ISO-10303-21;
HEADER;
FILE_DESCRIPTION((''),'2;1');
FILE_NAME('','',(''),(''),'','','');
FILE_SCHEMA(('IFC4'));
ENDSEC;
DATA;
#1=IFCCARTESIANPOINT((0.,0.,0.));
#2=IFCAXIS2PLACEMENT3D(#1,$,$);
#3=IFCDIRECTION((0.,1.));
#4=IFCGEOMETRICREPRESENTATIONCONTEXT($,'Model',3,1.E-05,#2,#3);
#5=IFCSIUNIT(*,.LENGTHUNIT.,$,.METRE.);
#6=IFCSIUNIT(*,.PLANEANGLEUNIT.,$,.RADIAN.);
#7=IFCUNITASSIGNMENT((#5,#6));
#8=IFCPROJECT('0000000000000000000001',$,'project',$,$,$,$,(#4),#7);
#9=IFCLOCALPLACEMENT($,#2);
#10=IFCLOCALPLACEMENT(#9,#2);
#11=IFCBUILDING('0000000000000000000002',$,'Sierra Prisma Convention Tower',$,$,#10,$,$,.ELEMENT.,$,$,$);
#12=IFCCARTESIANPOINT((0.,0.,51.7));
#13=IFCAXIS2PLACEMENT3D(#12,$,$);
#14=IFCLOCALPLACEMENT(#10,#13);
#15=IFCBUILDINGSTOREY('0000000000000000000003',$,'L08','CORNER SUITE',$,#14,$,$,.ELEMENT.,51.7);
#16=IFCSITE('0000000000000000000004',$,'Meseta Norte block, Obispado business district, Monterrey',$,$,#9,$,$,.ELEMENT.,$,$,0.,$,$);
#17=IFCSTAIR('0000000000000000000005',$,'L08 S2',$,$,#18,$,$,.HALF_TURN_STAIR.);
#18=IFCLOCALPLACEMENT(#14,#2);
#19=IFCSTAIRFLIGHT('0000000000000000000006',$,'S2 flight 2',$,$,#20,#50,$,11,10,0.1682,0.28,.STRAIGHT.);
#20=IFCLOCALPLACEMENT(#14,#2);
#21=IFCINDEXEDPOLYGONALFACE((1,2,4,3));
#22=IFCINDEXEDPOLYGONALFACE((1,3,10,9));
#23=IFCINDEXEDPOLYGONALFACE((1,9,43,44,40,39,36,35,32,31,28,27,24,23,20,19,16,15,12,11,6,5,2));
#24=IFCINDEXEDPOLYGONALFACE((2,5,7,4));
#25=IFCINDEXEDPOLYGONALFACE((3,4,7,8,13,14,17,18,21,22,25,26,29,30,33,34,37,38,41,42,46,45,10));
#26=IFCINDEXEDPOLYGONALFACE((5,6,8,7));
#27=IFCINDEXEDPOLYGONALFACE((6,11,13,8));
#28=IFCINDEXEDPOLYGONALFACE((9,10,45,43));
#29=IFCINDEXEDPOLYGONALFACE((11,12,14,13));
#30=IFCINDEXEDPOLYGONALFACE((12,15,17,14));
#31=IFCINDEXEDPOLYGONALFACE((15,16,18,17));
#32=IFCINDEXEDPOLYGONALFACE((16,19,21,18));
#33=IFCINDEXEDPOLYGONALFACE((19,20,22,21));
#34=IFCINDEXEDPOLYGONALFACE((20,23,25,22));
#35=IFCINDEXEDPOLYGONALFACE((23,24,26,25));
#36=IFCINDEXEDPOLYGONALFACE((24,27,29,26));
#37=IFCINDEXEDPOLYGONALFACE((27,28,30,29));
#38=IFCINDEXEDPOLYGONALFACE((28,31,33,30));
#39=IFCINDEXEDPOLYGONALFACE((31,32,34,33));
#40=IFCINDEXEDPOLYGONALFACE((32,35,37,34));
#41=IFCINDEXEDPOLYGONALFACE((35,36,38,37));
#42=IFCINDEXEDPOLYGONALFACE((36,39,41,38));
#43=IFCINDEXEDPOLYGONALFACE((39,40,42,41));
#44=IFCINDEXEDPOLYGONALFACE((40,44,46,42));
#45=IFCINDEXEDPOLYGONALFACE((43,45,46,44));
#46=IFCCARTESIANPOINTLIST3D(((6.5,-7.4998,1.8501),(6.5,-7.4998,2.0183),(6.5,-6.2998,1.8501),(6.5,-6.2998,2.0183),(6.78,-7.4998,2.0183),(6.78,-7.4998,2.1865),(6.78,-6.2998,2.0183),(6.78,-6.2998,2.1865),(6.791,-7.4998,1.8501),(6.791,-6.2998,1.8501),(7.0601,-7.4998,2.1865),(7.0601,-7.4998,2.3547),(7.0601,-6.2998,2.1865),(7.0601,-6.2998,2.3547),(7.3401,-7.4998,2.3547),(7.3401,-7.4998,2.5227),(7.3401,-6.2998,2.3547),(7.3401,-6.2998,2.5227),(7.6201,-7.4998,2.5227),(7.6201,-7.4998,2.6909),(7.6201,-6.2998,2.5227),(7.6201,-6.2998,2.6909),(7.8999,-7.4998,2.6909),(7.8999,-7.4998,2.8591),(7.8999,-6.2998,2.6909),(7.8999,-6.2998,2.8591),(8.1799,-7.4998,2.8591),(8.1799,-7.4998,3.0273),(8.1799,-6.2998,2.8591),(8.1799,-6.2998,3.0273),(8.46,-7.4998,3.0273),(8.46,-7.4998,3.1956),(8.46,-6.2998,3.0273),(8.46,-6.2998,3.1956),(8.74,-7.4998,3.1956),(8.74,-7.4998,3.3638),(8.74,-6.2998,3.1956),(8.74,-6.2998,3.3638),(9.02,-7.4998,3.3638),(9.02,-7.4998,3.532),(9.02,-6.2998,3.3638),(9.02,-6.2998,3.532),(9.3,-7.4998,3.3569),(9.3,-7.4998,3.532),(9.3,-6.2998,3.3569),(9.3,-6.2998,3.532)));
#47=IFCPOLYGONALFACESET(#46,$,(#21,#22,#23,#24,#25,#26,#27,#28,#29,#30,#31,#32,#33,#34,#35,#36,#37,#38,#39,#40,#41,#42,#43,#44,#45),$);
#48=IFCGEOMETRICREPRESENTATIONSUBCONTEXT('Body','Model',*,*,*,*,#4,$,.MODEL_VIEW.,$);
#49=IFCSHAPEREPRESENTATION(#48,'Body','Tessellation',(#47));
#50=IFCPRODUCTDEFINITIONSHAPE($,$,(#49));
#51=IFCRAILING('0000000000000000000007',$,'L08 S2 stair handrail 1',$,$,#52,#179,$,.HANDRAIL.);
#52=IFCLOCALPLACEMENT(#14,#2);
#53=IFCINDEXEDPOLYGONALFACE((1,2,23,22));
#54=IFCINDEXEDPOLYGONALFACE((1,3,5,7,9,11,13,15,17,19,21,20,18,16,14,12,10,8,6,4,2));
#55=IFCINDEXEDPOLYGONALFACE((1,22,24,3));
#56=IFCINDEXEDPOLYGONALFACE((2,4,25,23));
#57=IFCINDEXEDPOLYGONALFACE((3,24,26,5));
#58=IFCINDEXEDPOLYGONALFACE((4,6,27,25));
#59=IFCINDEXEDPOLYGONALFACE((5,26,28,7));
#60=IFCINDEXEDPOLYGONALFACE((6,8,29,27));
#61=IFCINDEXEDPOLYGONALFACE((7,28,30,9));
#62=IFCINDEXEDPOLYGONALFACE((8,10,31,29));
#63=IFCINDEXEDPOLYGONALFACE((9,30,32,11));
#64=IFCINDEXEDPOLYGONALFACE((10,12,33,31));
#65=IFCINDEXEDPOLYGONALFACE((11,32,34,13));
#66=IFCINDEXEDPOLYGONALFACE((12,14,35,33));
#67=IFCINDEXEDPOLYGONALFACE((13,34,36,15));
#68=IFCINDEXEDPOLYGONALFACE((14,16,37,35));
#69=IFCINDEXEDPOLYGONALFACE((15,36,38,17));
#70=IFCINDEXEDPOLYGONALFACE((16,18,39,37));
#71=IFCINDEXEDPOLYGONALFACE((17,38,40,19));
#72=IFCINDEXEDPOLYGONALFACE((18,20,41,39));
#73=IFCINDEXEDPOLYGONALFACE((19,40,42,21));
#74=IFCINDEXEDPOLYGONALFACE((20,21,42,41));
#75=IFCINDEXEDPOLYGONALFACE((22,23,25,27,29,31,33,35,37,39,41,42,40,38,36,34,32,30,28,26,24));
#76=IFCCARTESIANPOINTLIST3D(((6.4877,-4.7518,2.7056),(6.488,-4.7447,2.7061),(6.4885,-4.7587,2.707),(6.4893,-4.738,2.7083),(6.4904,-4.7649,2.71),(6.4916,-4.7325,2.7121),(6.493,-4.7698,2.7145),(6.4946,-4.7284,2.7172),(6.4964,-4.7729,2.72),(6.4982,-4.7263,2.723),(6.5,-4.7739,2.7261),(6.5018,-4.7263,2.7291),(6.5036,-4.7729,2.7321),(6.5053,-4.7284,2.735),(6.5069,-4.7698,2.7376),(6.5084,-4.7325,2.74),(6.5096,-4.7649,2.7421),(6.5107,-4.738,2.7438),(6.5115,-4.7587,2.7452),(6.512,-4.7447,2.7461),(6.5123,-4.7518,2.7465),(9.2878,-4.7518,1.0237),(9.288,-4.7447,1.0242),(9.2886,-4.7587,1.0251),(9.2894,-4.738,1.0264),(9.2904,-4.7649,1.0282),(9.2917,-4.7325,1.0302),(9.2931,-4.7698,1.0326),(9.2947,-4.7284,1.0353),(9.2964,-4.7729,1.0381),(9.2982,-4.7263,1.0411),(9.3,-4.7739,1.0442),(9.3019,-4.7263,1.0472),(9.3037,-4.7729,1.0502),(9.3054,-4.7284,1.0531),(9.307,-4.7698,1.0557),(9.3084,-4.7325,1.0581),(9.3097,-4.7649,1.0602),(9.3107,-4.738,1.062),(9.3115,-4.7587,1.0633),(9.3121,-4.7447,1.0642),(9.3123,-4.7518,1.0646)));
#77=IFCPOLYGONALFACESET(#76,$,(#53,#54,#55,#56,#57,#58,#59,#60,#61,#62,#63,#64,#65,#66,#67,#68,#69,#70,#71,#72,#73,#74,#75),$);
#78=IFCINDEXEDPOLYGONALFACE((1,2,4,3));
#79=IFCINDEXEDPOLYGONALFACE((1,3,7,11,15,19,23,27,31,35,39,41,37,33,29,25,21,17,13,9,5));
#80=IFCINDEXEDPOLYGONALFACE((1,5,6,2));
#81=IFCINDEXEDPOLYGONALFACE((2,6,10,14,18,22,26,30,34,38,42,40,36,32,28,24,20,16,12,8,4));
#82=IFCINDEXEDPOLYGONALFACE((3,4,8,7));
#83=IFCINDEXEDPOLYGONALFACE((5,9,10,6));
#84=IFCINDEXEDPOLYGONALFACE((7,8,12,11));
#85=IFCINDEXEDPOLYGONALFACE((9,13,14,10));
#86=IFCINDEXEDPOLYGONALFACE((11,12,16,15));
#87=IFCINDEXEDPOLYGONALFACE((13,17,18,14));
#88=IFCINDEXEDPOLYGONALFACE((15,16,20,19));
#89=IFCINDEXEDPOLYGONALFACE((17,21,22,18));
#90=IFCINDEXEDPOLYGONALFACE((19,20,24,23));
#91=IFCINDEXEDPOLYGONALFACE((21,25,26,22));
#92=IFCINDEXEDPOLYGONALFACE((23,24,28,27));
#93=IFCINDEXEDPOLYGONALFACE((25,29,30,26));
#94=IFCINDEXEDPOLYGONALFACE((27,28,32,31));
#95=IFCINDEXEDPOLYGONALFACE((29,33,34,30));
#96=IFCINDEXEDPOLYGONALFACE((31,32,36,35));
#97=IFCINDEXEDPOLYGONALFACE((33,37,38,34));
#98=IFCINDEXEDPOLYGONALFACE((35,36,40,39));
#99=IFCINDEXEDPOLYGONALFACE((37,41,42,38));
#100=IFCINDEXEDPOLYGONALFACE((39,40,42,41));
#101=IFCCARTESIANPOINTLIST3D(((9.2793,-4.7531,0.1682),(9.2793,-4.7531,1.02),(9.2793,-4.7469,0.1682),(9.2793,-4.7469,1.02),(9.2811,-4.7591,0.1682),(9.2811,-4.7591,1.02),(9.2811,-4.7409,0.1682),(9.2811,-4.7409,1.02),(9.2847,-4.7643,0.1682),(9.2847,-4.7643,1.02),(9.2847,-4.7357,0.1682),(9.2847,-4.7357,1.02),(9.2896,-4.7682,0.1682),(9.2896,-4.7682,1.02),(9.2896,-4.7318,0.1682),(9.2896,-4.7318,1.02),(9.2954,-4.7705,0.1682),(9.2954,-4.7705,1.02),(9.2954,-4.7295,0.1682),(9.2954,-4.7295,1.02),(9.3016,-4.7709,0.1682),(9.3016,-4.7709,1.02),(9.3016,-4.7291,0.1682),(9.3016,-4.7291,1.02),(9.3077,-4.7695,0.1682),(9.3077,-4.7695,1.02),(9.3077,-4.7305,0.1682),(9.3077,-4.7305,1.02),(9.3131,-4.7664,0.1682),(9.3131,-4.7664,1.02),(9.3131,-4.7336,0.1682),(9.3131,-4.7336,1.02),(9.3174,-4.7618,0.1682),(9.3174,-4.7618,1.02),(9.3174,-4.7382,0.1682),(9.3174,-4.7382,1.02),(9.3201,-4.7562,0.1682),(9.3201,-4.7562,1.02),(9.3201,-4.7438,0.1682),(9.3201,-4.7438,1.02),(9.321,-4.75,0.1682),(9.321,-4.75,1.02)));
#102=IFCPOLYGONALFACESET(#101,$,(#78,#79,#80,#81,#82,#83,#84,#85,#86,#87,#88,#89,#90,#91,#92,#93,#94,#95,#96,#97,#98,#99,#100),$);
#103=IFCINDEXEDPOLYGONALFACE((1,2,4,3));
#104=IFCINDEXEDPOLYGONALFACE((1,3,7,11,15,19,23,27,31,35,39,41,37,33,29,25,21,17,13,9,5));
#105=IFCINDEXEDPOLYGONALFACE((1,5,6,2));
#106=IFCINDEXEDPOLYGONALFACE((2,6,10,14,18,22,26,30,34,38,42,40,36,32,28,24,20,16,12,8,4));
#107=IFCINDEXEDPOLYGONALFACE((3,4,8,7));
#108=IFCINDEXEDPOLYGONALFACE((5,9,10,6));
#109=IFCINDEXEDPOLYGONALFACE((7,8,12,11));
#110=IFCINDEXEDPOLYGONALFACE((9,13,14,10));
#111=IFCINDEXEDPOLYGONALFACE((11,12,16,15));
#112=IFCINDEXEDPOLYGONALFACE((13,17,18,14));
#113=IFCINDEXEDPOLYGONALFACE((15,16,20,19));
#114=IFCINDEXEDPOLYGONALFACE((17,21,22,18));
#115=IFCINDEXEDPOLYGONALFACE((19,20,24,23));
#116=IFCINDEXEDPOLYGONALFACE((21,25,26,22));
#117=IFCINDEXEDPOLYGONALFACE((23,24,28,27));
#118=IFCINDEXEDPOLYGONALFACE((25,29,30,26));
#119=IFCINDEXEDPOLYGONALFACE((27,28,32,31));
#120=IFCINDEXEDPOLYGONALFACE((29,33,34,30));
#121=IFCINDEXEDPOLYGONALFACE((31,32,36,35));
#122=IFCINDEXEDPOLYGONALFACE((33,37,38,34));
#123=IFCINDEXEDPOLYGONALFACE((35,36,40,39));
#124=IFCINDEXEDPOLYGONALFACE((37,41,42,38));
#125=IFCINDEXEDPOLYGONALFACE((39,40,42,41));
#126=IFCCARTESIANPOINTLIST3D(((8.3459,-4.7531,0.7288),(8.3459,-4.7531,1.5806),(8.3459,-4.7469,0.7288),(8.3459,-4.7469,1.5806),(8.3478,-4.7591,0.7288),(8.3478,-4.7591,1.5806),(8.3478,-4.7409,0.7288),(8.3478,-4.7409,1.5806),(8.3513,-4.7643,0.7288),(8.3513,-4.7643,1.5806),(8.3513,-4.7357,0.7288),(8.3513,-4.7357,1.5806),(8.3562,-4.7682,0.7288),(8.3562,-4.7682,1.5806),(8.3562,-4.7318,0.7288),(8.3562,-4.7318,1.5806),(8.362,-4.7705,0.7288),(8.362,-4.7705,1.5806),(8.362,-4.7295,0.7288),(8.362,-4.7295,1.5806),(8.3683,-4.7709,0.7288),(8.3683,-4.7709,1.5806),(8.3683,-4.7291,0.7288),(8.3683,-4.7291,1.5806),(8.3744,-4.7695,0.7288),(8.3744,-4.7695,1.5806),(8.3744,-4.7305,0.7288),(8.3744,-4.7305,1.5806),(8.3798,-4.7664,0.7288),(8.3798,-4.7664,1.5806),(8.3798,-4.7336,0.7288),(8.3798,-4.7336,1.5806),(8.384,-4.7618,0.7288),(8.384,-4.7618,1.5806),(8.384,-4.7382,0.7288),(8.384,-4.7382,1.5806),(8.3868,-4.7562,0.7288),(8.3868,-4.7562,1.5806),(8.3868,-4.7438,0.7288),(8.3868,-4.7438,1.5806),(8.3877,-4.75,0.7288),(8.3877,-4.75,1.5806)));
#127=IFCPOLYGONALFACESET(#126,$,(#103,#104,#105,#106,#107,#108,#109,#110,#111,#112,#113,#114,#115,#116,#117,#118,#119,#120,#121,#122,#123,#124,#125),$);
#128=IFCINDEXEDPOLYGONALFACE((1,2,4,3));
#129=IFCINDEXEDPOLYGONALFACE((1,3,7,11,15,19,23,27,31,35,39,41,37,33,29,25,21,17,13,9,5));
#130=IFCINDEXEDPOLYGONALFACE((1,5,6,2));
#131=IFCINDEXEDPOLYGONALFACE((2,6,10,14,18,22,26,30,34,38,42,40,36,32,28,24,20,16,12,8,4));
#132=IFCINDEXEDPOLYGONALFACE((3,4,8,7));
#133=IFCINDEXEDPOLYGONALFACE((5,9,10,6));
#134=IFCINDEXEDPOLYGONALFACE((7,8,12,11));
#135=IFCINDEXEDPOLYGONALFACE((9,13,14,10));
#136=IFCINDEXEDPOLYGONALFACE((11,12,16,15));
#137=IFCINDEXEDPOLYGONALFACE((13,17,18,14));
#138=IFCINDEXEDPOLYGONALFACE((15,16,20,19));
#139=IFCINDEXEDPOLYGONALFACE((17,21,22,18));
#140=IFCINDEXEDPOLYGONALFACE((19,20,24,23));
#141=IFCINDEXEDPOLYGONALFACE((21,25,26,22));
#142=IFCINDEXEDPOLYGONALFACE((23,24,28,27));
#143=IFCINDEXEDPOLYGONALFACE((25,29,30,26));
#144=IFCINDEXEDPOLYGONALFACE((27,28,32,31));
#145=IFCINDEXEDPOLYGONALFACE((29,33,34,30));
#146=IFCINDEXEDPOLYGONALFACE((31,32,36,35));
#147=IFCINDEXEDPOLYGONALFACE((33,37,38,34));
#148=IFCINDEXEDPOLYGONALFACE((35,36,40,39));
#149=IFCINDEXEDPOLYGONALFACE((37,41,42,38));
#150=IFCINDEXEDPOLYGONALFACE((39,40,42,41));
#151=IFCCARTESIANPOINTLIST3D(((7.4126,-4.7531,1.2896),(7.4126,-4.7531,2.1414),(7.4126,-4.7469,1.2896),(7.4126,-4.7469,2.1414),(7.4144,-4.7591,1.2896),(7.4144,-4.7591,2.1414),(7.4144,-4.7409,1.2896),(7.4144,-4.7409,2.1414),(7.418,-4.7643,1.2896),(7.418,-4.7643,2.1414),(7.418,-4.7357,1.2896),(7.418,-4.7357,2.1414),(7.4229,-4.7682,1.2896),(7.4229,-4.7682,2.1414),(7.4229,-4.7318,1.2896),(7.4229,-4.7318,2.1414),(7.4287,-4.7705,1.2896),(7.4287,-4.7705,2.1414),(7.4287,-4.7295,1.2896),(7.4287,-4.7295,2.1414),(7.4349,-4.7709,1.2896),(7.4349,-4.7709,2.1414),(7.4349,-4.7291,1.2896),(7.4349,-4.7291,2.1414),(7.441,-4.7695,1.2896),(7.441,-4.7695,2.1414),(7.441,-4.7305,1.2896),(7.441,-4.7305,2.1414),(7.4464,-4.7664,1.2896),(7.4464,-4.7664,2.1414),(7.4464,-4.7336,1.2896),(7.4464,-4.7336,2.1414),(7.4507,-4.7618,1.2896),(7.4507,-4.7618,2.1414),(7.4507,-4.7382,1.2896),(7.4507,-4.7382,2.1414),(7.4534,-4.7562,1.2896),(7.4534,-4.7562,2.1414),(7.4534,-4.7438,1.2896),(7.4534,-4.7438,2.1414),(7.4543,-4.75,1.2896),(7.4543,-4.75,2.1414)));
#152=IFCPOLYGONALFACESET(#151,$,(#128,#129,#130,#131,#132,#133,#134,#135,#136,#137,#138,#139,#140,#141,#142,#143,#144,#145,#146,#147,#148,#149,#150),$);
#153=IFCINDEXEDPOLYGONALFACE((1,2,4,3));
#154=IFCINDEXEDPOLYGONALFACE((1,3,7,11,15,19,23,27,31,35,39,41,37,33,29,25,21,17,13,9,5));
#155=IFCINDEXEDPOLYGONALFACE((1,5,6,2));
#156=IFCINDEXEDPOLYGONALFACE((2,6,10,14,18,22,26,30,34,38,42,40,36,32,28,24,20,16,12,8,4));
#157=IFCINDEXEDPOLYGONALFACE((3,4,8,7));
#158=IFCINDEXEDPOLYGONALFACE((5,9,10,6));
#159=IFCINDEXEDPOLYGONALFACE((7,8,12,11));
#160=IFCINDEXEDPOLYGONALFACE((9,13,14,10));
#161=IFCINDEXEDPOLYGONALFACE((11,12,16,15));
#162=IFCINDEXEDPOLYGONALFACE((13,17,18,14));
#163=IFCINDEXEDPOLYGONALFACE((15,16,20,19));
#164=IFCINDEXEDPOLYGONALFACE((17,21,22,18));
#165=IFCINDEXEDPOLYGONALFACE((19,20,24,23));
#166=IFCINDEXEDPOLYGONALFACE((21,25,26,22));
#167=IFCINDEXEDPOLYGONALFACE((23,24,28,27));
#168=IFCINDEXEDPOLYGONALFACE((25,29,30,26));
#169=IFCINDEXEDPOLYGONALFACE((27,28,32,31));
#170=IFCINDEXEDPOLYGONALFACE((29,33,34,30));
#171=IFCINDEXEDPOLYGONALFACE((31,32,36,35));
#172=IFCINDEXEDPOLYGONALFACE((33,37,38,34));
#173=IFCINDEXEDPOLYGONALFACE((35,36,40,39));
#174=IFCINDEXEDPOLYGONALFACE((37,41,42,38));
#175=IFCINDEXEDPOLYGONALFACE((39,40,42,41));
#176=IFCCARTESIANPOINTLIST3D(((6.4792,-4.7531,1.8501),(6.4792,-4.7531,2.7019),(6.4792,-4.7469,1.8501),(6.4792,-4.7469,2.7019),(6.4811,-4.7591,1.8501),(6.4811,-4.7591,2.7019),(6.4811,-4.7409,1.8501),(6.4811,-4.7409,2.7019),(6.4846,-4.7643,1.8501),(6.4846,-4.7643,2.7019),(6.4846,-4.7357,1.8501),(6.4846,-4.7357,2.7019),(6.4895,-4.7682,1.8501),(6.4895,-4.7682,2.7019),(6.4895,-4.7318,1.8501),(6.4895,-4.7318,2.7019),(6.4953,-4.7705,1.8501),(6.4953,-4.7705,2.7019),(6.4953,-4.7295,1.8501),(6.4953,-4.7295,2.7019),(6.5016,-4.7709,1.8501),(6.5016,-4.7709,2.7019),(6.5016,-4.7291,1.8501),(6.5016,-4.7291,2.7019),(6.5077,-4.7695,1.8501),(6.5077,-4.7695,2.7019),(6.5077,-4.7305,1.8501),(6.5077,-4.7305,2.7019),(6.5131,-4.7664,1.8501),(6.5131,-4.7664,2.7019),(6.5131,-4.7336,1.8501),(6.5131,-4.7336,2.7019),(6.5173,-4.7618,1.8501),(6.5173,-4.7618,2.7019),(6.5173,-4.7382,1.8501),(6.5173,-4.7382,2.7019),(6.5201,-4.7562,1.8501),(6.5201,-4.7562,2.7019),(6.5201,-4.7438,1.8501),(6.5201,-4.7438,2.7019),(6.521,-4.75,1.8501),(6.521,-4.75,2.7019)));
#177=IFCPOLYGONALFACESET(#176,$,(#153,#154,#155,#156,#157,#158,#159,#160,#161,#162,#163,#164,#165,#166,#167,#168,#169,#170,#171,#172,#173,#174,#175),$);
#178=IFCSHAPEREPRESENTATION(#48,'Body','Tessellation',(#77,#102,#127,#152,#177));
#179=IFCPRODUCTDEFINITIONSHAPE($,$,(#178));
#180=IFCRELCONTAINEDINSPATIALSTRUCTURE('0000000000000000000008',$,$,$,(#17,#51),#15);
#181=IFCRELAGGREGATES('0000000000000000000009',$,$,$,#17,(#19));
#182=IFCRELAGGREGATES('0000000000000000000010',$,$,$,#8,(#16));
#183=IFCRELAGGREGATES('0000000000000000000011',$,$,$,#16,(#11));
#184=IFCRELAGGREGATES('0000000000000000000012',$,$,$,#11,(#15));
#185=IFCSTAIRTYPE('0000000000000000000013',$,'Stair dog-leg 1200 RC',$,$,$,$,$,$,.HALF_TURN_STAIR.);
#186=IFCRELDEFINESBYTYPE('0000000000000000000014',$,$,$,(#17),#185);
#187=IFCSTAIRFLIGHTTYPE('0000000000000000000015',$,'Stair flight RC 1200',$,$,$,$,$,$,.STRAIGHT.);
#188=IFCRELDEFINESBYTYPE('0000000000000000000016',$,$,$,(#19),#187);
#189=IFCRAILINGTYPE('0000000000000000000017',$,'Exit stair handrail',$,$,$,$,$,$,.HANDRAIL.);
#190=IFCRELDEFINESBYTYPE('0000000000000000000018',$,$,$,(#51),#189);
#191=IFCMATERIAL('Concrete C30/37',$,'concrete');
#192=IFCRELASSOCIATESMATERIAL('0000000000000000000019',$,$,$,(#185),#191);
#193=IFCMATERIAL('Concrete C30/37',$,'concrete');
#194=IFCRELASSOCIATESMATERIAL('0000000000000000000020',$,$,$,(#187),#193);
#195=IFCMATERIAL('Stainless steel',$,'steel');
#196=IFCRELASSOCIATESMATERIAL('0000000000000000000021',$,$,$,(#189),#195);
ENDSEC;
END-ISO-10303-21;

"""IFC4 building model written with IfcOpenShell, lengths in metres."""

from ifc_helpers import new_model, si_unit, direction, frame, origin, origin_2d, place, context, subcontext, project, spatial, polyline, circle, outline, extrude, material, type_object, element, aggregate, save


model = new_model("IFC4")

# Units and contexts
model_context = context("Model", 3, precision=1e-05, world=origin(), true_north=direction((0.0, 1.0)))
body_context = subcontext(model_context, "Body", "Model", "MODEL_VIEW")
ifc_project = project(units=[si_unit("LENGTHUNIT", "METRE"), si_unit("PLANEANGLEUNIT", "RADIAN")], contexts=[model_context])

# Site, building, storey
site_placement = place(None, origin())
site = spatial("IfcSite", under=ifc_project, at=site_placement, Name="Meseta Norte block, Obispado business district, Monterrey", CompositionType="ELEMENT", RefElevation=0.0)
building_placement = place(site_placement, origin())
building = spatial("IfcBuilding", under=site, at=building_placement, Name="Sierra Prisma Convention Tower", CompositionType="ELEMENT")
storey_placement = place(building_placement, frame((0.0, 0.0, 51.7)))
storey = spatial("IfcBuildingStorey", under=building, at=storey_placement, Name="L08", Description="CORNER SUITE", CompositionType="ELEMENT", Elevation=51.7)

# Stair, stair flight
ifc_material_1 = material(Name="Concrete C30/37", Category="concrete")
stair_type = type_object("IfcStairType", Name="Stair dog-leg 1200 RC", PredefinedType="HALF_TURN_STAIR", material=ifc_material_1)
stair_placement = place(storey_placement, origin())
stair = element("IfcStair", 1, at=stair_placement, inside=storey, type_object=stair_type, Name="L08 S2", PredefinedType="HALF_TURN_STAIR")
ifc_material_2 = material(Name="Concrete C30/37", Category="concrete")
stair_flight_type = type_object("IfcStairFlightType", Name="Stair flight RC 1200", PredefinedType="STRAIGHT", material=ifc_material_2)
stair_flight_1_placement = place(storey_placement, frame((6.5, -6.8999, 1.8501), z_axis=(0.0, 0.0, 1.0), x_axis=(1.0, 0.0, 0.0)))
stair_flight_1 = element("IfcStairFlight", 2, at=stair_flight_1_placement, type_object=stair_flight_type, Name="S2 flight 2", NumberOfRisers=11, NumberOfTreads=10, PredefinedType="STRAIGHT", RiserHeight=0.1682, TreadLength=0.28, context=body_context, shape_type="SweptSolid", body=[
    extrude(outline(polyline([(0.0, 0.0), (0.0, 0.1682), (0.28, 0.1682), (0.28, 0.3364), (0.5601, 0.3364), (0.5601, 0.5046), (0.8401, 0.5046), (0.8401, 0.6726), (1.1201, 0.6726), (1.1201, 0.8408), (1.3999, 0.8408), (1.3999, 1.009), (1.6799, 1.009), (1.6799, 1.1772), (1.96, 1.1772), (1.96, 1.3455), (2.24, 1.3455), (2.24, 1.5137), (2.52, 1.5137), (2.52, 1.6819), (2.8, 1.6819), (2.8, 1.8501), (2.8, 1.5068), (0.291, 0.0), (0.0, 0.0)])), frame((0.0, 0.6001, 0.0), z_axis=(0.0, -1.0, 0.0), x_axis=(1.0, 0.0, 0.0)), (0.0, 0.0, 1.0), 1.2),
])
aggregate(stair, [stair_flight_1])

# Railing
ifc_material_3 = material(Name="Stainless steel", Category="steel")
railing_type_1 = type_object("IfcRailingType", Name="Exit stair handrail", PredefinedType="HANDRAIL", material=ifc_material_3)
railing_1_placement = place(storey_placement, frame((9.3, -4.75, 0.1682)))
element("IfcRailing", 3, at=railing_1_placement, inside=storey, type_object=railing_type_1, Name="L08 S2 stair handrail 1", PredefinedType="HANDRAIL", context=body_context, shape_type="SweptSolid", body=[
    extrude(circle(Radius=0.0239, at=origin_2d()), frame((0.0, 0.0, 0.876), z_axis=(-0.857242, 0.0, 0.514913), x_axis=(0.0, -1.0, 0.0)), (0.0, 0.0, 1.0), 3.2664),
    extrude(circle(Radius=0.021, at=origin_2d()), origin(), (0.0, 0.0, 1.0), 0.8518),
    extrude(circle(Radius=0.021, at=origin_2d()), frame((-0.9333, 0.0, 0.5605)), (0.0, 0.0, 1.0), 0.8518),
    extrude(circle(Radius=0.021, at=origin_2d()), frame((-1.8667, 0.0, 1.1213)), (0.0, 0.0, 1.0), 0.8518),
    extrude(circle(Radius=0.021, at=origin_2d()), frame((-2.8, 0.0, 1.6819)), (0.0, 0.0, 1.0), 0.8518),
])

save(model, "model.ifc")
